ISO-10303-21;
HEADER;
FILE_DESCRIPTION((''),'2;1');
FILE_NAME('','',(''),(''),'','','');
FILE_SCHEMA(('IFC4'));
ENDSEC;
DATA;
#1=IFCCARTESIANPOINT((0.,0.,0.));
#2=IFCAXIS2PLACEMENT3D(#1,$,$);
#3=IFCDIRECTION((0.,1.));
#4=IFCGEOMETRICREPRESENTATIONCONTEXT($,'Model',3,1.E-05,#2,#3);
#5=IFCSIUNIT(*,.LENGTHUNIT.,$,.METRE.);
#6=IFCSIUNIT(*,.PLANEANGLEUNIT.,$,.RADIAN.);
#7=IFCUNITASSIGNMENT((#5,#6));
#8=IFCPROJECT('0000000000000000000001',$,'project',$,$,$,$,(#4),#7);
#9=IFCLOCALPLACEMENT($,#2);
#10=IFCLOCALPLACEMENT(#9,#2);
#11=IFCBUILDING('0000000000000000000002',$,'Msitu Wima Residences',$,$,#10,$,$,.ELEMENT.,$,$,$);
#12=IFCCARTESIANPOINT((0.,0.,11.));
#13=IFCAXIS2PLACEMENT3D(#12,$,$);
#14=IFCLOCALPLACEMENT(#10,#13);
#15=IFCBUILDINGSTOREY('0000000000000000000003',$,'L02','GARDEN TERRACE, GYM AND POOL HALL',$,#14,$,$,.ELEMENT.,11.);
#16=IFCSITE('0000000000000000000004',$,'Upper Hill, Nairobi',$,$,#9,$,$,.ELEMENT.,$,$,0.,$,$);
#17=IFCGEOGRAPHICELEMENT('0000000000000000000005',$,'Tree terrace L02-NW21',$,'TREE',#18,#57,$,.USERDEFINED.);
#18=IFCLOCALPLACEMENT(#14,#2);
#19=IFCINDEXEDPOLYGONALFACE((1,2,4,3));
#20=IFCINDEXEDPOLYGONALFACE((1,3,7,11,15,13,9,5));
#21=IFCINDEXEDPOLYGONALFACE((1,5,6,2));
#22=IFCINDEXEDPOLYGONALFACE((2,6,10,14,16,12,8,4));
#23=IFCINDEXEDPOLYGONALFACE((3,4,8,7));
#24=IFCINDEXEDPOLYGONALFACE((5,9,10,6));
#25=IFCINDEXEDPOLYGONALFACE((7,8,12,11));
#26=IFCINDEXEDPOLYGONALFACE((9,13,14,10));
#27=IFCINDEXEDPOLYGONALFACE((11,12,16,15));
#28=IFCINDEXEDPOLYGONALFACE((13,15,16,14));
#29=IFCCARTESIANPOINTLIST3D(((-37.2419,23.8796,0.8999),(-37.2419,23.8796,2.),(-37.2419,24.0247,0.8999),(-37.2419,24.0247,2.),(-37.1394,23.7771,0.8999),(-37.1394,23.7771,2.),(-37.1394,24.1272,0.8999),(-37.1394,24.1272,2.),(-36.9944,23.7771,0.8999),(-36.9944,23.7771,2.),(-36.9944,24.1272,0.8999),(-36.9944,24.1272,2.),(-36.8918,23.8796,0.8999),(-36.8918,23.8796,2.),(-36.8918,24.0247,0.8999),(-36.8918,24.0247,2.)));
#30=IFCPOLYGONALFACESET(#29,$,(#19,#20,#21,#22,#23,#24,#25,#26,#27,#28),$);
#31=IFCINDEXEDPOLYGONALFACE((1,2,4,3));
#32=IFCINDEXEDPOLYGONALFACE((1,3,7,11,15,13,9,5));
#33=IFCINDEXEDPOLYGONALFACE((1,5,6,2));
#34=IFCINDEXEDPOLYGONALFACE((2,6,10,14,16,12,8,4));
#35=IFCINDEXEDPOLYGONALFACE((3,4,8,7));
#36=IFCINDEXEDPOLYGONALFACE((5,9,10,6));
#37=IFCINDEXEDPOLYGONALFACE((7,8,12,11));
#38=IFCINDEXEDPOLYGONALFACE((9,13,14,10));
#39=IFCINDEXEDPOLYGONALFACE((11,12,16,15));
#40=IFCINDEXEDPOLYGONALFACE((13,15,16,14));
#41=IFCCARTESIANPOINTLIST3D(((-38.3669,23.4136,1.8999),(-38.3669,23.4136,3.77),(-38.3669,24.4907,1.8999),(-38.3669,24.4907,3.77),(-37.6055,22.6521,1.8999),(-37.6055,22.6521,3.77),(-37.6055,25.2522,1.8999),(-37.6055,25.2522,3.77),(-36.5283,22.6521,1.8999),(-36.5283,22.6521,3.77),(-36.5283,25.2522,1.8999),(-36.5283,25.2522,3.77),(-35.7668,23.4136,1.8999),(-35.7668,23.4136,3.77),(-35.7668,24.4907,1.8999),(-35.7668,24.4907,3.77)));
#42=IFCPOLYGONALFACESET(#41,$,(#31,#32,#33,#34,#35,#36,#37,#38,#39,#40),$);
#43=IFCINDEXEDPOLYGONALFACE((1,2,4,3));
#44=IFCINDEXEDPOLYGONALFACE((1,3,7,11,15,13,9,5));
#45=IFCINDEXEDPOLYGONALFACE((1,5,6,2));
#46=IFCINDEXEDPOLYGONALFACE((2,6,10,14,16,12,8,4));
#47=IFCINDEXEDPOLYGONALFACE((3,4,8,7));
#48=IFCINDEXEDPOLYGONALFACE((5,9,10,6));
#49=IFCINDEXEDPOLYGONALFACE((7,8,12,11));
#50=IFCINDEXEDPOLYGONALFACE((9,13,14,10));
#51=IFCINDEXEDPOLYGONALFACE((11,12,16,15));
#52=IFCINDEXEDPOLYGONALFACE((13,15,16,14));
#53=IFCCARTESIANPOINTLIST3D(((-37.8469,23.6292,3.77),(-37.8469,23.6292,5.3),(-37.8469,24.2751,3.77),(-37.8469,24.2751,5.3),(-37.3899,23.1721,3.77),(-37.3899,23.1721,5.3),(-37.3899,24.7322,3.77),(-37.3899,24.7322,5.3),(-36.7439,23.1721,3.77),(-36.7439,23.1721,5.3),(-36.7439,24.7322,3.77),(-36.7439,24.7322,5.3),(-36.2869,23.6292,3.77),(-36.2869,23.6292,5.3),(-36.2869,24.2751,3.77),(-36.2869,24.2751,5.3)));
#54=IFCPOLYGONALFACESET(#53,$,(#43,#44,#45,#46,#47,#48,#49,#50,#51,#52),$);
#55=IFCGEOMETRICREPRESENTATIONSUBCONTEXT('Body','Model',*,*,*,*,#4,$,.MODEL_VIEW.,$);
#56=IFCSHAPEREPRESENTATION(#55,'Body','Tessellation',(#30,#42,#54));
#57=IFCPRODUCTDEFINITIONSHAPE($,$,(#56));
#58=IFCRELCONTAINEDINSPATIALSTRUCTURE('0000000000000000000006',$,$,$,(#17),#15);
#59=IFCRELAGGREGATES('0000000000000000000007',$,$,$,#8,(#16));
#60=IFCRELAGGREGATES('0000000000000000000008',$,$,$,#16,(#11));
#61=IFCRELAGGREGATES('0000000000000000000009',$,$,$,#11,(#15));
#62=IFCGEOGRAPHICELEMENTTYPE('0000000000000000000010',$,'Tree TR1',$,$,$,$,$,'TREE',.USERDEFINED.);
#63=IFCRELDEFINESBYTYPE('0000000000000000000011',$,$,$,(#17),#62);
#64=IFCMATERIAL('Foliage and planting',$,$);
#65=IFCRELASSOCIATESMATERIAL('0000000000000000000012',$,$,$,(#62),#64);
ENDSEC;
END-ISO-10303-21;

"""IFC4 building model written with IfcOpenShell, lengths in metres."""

from ifc_helpers import new_model, si_unit, direction, frame, origin, place, context, subcontext, project, spatial, polyline, outline, extrude, material, type_object, element, save


model = new_model("IFC4")

# Units and contexts
model_context = context("Model", 3, precision=1e-05, world=origin(), true_north=direction((0.0, 1.0)))
body_context = subcontext(model_context, "Body", "Model", "MODEL_VIEW")
ifc_project = project(units=[si_unit("LENGTHUNIT", "METRE"), si_unit("PLANEANGLEUNIT", "RADIAN")], contexts=[model_context])

# Site, building, storey
site_placement = place(None, origin())
site = spatial("IfcSite", under=ifc_project, at=site_placement, Name="Upper Hill, Nairobi", CompositionType="ELEMENT", RefElevation=0.0)
building_placement = place(site_placement, origin())
building = spatial("IfcBuilding", under=site, at=building_placement, Name="Msitu Wima Residences", CompositionType="ELEMENT")
storey_placement = place(building_placement, frame((0.0, 0.0, 11.0)))
storey = spatial("IfcBuildingStorey", under=building, at=storey_placement, Name="L02", Description="GARDEN TERRACE, GYM AND POOL HALL", CompositionType="ELEMENT", Elevation=11.0)

# Geographic element
ifc_material_1 = material(Name="Foliage and planting")
geographic_element_type = type_object("IfcGeographicElementType", Name="Tree TR1", ElementType="TREE", PredefinedType="USERDEFINED", material=ifc_material_1)
geographic_element_placement = place(storey_placement, frame((-37.0669, 23.9521, 0.8999), z_axis=(0.0, 0.0, 1.0), x_axis=(1.0, 0.0, 0.0)))
element("IfcGeographicElement", 1, at=geographic_element_placement, inside=storey, type_object=geographic_element_type, Name="Tree terrace L02-NW21", ObjectType="TREE", PredefinedType="USERDEFINED", context=body_context, shape_type="SweptSolid", body=[
    extrude(outline(polyline([(0.175, 0.0725), (0.0725, 0.175), (-0.0725, 0.175), (-0.175, 0.0725), (-0.175, -0.0725), (-0.0725, -0.175), (0.0725, -0.175), (0.175, -0.0725), (0.175, 0.0725)])), origin(), (0.0, 0.0, 1.0), 1.1001),
    extrude(outline(polyline([(1.3, 0.5386), (0.5386, 1.3), (-0.5386, 1.3), (-1.3, 0.5386), (-1.3, -0.5386), (-0.5386, -1.3), (0.5386, -1.3), (1.3, -0.5386), (1.3, 0.5386)])), frame((0.0, 0.0, 1.0)), (0.0, 0.0, 1.0), 1.8701),
    extrude(outline(polyline([(0.78, 0.323), (0.323, 0.78), (-0.323, 0.78), (-0.78, 0.323), (-0.78, -0.323), (-0.323, -0.78), (0.323, -0.78), (0.78, -0.323), (0.78, 0.323)])), frame((0.0, 0.0, 2.8701)), (0.0, 0.0, 1.0), 1.53),
])

save(model, "model.ifc")
